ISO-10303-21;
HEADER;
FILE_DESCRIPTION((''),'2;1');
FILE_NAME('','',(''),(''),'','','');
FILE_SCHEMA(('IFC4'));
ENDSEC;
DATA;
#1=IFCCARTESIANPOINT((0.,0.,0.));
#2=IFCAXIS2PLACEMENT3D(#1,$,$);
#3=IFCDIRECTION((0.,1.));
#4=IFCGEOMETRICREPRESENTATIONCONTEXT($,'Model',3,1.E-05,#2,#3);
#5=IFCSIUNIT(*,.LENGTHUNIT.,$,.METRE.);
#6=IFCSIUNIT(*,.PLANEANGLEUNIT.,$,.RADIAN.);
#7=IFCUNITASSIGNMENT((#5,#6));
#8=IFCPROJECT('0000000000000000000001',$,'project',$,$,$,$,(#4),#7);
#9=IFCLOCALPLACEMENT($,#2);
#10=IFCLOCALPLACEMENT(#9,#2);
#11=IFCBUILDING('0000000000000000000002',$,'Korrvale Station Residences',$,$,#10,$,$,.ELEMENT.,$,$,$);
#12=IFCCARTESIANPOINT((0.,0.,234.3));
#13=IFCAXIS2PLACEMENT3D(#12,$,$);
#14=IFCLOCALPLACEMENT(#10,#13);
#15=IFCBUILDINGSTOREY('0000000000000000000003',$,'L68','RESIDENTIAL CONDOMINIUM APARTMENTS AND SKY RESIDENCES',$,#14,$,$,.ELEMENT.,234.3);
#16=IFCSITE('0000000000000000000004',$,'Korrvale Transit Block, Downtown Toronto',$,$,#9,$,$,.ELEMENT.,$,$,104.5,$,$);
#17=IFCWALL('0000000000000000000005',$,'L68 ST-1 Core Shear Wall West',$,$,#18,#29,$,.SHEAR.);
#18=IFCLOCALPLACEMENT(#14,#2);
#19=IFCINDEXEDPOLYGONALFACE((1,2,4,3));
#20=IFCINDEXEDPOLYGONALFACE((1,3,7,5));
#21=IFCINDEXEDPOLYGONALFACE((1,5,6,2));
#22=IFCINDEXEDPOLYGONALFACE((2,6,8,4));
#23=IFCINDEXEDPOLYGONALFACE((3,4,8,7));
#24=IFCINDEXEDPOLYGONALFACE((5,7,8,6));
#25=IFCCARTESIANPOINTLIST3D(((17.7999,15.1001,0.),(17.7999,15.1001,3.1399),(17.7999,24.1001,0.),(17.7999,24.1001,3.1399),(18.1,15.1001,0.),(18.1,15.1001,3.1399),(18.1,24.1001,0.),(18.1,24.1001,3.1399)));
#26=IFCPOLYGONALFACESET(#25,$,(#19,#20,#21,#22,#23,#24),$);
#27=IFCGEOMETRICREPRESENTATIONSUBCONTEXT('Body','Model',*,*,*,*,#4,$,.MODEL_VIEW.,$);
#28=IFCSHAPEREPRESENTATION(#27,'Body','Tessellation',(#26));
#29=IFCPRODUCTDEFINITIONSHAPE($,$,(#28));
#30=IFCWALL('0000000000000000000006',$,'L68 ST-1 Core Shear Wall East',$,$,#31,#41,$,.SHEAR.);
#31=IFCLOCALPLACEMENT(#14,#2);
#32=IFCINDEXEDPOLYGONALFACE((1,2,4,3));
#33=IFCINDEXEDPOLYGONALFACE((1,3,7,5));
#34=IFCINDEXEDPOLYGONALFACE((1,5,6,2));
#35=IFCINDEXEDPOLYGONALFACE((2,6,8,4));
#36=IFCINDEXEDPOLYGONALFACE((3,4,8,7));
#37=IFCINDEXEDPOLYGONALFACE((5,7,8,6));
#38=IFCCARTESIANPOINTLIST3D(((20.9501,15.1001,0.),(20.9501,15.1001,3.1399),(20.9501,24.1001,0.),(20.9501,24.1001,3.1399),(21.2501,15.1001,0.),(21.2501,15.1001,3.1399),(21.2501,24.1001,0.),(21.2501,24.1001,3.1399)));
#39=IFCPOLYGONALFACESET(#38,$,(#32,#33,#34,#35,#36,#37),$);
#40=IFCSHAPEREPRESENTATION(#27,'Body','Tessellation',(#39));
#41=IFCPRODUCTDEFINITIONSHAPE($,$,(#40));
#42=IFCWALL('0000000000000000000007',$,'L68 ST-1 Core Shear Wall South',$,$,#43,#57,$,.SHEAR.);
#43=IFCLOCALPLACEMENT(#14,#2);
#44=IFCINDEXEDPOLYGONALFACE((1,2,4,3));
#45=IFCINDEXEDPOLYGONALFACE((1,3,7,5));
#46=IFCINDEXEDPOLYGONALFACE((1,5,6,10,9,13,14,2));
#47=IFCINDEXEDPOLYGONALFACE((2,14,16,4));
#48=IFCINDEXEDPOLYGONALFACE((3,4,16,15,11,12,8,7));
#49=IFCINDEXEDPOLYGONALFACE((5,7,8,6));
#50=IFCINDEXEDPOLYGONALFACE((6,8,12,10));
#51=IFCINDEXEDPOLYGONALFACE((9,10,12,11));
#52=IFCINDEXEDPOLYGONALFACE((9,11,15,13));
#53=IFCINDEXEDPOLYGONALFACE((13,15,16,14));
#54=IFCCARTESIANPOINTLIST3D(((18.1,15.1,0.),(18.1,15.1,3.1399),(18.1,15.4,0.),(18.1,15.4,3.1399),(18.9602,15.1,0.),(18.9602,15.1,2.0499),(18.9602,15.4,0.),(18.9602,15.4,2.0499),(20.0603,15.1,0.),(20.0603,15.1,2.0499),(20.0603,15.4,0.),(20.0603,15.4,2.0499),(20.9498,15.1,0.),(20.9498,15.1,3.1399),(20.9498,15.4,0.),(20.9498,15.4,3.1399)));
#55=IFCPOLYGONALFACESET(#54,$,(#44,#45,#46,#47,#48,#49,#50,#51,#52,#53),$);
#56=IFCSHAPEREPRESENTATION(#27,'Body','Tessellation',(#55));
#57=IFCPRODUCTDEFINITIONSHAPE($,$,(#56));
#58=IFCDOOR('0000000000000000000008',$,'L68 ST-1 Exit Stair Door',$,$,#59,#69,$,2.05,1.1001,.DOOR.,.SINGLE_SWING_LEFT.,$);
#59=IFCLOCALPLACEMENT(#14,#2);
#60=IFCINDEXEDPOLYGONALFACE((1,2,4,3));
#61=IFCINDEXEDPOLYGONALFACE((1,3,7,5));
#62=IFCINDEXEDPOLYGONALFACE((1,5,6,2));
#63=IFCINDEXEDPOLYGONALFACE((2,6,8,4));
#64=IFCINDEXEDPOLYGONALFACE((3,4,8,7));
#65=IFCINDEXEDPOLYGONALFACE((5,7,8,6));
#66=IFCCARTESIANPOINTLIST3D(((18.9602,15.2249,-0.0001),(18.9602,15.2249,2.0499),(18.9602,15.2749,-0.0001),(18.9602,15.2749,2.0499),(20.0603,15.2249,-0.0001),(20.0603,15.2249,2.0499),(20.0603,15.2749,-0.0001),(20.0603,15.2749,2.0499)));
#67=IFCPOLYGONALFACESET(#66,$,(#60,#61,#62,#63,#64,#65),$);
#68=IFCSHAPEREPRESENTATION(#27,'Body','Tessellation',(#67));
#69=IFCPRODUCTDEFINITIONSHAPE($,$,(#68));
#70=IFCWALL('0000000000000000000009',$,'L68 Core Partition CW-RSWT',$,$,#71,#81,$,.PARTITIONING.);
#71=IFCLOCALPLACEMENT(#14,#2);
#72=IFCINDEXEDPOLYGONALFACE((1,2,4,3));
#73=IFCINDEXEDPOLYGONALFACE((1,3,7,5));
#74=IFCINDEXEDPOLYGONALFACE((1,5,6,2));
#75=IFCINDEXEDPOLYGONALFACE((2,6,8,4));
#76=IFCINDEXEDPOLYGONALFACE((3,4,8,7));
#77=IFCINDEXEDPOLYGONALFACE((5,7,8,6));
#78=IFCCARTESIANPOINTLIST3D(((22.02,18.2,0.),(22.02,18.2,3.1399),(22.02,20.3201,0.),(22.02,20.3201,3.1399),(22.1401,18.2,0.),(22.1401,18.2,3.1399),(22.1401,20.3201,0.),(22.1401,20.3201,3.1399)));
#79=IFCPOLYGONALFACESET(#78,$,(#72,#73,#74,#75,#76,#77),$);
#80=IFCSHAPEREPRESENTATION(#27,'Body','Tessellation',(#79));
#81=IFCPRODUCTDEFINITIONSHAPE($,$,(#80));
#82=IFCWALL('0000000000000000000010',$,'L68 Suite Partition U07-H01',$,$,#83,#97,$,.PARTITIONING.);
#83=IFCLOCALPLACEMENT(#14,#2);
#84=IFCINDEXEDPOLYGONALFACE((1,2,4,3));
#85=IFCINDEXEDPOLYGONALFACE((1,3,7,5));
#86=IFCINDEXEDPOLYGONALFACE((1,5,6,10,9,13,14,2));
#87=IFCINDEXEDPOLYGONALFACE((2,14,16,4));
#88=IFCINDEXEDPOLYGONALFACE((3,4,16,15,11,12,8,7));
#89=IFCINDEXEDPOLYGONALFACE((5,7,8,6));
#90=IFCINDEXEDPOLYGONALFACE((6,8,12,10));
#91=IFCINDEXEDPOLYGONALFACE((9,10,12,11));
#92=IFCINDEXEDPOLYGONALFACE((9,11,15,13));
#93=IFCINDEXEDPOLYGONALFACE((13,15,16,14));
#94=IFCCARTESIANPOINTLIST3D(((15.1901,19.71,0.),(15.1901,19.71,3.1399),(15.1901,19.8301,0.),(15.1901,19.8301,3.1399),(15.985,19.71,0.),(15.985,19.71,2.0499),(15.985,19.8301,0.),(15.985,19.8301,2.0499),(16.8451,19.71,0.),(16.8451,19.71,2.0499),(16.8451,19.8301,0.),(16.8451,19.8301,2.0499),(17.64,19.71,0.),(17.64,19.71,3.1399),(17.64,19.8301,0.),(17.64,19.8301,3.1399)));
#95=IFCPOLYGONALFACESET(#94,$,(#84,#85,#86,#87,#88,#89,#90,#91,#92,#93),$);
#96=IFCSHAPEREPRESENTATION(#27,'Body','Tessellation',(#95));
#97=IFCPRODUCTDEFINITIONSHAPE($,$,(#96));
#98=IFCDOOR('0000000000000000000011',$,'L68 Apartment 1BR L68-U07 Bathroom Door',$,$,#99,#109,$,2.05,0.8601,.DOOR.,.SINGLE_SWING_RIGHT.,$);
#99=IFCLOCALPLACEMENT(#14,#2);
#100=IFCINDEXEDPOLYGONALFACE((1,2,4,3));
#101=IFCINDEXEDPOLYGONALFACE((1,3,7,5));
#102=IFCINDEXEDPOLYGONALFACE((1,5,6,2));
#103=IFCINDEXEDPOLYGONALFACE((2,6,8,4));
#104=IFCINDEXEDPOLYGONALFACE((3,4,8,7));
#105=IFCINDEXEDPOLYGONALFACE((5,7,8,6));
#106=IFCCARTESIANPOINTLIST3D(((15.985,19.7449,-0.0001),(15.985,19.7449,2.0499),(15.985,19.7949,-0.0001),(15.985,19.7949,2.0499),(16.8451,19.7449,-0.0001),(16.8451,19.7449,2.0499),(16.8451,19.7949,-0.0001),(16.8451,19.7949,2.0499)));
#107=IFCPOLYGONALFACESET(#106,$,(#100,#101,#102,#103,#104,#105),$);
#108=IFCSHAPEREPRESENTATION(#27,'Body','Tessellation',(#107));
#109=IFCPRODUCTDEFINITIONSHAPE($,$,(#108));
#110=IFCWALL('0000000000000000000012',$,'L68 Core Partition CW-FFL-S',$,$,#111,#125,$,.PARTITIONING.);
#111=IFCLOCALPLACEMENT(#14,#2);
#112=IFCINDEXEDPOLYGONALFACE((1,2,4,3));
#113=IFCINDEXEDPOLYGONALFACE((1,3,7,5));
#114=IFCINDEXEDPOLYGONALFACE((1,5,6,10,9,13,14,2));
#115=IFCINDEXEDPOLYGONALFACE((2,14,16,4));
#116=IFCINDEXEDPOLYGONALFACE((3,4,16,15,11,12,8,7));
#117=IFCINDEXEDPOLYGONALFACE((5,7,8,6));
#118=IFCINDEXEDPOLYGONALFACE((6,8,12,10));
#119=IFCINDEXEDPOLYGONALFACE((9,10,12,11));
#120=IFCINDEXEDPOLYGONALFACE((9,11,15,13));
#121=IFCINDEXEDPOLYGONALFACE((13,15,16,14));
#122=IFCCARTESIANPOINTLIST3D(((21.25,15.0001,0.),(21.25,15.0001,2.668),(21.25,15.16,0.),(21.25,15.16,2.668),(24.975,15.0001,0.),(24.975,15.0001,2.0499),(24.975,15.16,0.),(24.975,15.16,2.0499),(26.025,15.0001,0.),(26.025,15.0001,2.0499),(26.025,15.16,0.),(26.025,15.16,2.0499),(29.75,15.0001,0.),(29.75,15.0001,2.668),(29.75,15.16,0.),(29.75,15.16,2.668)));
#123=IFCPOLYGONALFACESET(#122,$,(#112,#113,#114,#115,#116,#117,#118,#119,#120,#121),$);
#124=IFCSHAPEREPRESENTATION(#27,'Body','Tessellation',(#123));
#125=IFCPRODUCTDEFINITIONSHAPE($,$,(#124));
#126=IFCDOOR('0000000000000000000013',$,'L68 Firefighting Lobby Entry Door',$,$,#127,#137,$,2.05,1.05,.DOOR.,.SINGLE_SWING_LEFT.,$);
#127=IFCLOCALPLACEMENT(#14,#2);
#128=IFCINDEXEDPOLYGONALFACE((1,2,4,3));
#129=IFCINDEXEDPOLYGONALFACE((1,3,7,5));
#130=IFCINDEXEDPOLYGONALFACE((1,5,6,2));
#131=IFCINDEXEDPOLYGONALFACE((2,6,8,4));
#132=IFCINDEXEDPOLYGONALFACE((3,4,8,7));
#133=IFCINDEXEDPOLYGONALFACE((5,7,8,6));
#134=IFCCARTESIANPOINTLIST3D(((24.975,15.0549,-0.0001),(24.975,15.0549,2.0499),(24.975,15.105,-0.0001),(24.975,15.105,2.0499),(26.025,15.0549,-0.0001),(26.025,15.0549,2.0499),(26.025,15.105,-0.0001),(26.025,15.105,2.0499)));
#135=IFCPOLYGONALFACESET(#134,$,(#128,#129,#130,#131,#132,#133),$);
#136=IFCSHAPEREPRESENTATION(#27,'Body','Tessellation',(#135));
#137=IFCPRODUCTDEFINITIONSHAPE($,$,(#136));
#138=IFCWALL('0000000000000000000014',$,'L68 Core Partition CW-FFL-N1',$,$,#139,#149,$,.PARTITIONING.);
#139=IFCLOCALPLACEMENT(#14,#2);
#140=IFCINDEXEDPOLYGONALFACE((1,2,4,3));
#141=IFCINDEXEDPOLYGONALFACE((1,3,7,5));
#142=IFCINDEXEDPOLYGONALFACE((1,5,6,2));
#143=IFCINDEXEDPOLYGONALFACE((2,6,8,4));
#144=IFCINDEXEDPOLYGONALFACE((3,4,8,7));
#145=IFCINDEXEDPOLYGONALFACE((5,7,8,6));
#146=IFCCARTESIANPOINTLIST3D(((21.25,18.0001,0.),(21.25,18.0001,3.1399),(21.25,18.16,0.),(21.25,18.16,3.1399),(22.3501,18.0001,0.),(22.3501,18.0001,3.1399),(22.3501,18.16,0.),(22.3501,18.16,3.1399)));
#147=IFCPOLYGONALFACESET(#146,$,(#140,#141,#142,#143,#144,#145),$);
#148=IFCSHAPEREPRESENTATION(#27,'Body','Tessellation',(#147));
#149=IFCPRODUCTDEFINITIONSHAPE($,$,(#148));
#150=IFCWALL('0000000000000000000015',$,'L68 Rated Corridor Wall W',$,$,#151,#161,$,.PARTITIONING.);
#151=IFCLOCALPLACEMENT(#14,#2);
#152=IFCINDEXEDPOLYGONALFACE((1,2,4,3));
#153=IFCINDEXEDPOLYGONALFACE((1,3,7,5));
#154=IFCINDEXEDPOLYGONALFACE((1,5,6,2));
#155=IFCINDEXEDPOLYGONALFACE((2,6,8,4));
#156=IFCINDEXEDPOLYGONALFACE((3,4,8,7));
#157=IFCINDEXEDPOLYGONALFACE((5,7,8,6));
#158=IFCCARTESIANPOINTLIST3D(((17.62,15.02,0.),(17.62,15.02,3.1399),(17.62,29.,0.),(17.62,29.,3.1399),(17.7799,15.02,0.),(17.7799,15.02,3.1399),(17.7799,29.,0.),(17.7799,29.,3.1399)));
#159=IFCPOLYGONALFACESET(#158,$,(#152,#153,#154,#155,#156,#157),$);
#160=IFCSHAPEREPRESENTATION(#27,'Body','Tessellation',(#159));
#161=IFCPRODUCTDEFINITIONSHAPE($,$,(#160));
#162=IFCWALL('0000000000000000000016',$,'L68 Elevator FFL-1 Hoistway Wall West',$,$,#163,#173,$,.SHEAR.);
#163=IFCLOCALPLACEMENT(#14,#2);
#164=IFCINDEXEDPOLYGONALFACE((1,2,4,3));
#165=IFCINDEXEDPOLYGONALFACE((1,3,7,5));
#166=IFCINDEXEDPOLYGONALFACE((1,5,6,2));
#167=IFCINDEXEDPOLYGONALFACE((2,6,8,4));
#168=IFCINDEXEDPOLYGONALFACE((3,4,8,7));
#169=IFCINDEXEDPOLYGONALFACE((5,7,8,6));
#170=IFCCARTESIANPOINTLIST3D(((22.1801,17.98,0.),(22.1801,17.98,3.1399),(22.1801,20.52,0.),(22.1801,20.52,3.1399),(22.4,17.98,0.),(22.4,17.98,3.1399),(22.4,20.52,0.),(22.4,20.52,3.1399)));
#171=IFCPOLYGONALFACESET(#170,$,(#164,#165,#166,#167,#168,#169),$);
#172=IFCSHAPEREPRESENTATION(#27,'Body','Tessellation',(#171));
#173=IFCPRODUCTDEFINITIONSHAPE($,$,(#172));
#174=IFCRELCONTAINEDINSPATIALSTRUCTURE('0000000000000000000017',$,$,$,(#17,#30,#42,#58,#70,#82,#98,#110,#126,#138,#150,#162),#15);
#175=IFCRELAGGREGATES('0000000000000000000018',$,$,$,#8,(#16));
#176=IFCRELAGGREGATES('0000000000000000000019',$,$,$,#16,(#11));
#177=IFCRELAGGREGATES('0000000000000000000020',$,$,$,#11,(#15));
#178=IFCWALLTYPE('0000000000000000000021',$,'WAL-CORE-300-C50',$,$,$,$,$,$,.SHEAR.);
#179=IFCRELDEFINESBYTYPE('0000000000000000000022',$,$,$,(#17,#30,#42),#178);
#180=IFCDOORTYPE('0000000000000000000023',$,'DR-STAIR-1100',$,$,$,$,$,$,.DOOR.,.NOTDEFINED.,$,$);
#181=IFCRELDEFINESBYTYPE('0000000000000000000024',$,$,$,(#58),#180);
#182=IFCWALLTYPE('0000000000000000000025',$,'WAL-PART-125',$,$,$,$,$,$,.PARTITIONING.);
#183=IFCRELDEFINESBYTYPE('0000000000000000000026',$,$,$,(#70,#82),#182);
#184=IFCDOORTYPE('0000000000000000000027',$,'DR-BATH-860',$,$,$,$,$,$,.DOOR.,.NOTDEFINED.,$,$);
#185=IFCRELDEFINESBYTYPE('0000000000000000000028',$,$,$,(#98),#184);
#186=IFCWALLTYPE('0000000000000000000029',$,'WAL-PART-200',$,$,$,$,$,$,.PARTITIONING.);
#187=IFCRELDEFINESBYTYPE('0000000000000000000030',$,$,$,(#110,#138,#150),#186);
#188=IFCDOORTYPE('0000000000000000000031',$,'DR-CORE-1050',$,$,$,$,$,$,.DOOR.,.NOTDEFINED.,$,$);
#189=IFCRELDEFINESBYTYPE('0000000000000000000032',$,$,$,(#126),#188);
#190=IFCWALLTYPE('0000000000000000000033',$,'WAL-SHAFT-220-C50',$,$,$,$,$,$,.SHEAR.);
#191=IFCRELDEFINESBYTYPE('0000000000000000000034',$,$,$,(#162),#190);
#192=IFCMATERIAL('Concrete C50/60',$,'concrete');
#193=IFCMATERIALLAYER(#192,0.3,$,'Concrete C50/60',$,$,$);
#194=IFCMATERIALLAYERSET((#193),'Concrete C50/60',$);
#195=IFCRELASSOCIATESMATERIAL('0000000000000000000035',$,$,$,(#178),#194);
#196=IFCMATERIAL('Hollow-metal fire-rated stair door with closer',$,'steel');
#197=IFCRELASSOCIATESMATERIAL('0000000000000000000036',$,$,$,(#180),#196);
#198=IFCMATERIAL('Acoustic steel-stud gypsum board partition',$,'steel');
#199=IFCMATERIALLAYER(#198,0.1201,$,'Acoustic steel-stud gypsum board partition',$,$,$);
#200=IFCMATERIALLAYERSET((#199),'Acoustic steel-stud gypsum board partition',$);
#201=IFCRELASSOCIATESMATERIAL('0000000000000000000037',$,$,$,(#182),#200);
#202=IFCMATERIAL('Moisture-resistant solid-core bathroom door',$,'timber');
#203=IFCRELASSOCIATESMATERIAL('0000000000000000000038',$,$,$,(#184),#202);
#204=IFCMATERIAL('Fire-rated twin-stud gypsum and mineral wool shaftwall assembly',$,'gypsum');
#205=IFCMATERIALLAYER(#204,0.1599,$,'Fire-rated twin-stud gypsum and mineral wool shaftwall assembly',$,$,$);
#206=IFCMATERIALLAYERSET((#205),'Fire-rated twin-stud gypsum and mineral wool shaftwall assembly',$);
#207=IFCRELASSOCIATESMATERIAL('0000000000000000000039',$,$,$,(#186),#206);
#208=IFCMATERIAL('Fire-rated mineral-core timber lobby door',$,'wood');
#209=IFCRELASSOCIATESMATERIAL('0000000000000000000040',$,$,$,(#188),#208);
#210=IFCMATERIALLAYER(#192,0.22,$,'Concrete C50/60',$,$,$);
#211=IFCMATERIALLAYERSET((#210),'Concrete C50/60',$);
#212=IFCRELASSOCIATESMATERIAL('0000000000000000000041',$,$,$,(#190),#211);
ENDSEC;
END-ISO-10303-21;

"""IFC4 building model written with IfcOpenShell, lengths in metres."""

from ifc_helpers import new_model, si_unit, direction, frame, frame_2d, origin, place, context, subcontext, project, spatial, rectangle, extrude, material, layer, layer_set, type_object, element, fill, save


model = new_model("IFC4")

# Units and contexts
model_context = context("Model", 3, precision=1e-05, world=origin(), true_north=direction((0.0, 1.0)))
body_context = subcontext(model_context, "Body", "Model", "MODEL_VIEW")
ifc_project = project(units=[si_unit("LENGTHUNIT", "METRE"), si_unit("PLANEANGLEUNIT", "RADIAN")], contexts=[model_context])

# Site, building, storey
site_placement = place(None, origin())
site = spatial("IfcSite", under=ifc_project, at=site_placement, Name="Korrvale Transit Block, Downtown Toronto", CompositionType="ELEMENT", RefElevation=104.5)
building_placement = place(site_placement, origin())
building = spatial("IfcBuilding", under=site, at=building_placement, Name="Korrvale Station Residences", CompositionType="ELEMENT")
storey_placement = place(building_placement, frame((0.0, 0.0, 234.3)))
storey = spatial("IfcBuildingStorey", under=building, at=storey_placement, Name="L68", Description="RESIDENTIAL CONDOMINIUM APARTMENTS AND SKY RESIDENCES", CompositionType="ELEMENT", Elevation=234.3)

# Walls
ifc_material_1 = material(Name="Concrete C50/60", Category="concrete")
ifc_layer_1 = layer(ifc_material_1, 0.3, Name="Concrete C50/60")
ifc_layer_set_1 = layer_set([ifc_layer_1], Name="Concrete C50/60")
wall_type_1 = type_object("IfcWallType", Name="WAL-CORE-300-C50", PredefinedType="SHEAR", material=ifc_layer_set_1)
for number, where, z_axis, x_axis, name in (
    (1, (17.95, 15.1001, 0.0), (0.0, 0.0, 1.0), (0.0, 1.0, 0.0), "L68 ST-1 Core Shear Wall West"),
    (2, (21.1001, 15.1001, 0.0), (0.0, 0.0, 1.0), (0.0, 1.0, 0.0), "L68 ST-1 Core Shear Wall East"),
):
    element("IfcWall", number, at=place(storey_placement, frame(where, z_axis=z_axis, x_axis=x_axis)), inside=storey, type_object=wall_type_1, Name=name, PredefinedType="SHEAR", context=body_context, shape_type="SweptSolid", body=[
        extrude(rectangle(XDim=9.0, YDim=0.3, at=frame_2d((4.5, 0.0))), origin(), (0.0, 0.0, 1.0), 3.1399),
    ])

# Wall, opening, door
wall_1_placement = place(storey_placement, frame((18.1001, 15.25, 0.0), z_axis=(0.0, 0.0, 1.0), x_axis=(1.0, 0.0, 0.0)))
wall_1 = element("IfcWall", 3, at=wall_1_placement, inside=storey, type_object=wall_type_1, Name="L68 ST-1 Core Shear Wall South", PredefinedType="SHEAR", context=body_context, shape_type="SweptSolid", body=[
    extrude(rectangle(XDim=2.8499, YDim=0.3, at=frame_2d((1.4248, 0.0))), origin(), (0.0, 0.0, 1.0), 3.1399),
])
opening_1_placement = place(wall_1_placement, frame((0.8601, 0.0, 0.0)))
opening_1 = element("IfcOpeningElement", 4, at=opening_1_placement, cuts=wall_1, PredefinedType="OPENING", context=body_context, shape_type="SweptSolid", body=[
    extrude(rectangle(XDim=1.1001, YDim=2.05, at=frame_2d((0.55, 1.0249))), frame((0.0, 0.1602, 0.0), z_axis=(0.0, -1.0, 0.0), x_axis=(1.0, 0.0, 0.0)), (0.0, 0.0, 1.0), 0.3201),
])
ifc_material_2 = material(Name="Hollow-metal fire-rated stair door with closer", Category="steel")
door_type_1 = type_object("IfcDoorType", Name="DR-STAIR-1100", OperationType="NOTDEFINED", PredefinedType="DOOR", material=ifc_material_2)
door_1_placement = place(opening_1_placement, origin())
door_1 = element("IfcDoor", 5, at=door_1_placement, inside=storey, type_object=door_type_1, Name="L68 ST-1 Exit Stair Door", OperationType="SINGLE_SWING_LEFT", OverallHeight=2.05, OverallWidth=1.1001, PredefinedType="DOOR", context=body_context, shape_type="SweptSolid", body=[
    extrude(rectangle(XDim=1.1001, YDim=2.05, at=frame_2d((0.55, 1.0249))), frame((0.0, 0.0249, 0.0), z_axis=(0.0, -1.0, 0.0), x_axis=(1.0, 0.0, 0.0)), (0.0, 0.0, 1.0), 0.05),
])
fill(opening_1, door_1)

# Wall
ifc_material_3 = material(Name="Acoustic steel-stud gypsum board partition", Category="steel")
ifc_layer_2 = layer(ifc_material_3, 0.1201, Name="Acoustic steel-stud gypsum board partition")
ifc_layer_set_2 = layer_set([ifc_layer_2], Name="Acoustic steel-stud gypsum board partition")
wall_type_2 = type_object("IfcWallType", Name="WAL-PART-125", PredefinedType="PARTITIONING", material=ifc_layer_set_2)
wall_2_placement = place(storey_placement, frame((22.0801, 18.2, 0.0), z_axis=(0.0, 0.0, 1.0), x_axis=(0.0, 1.0, 0.0)))
element("IfcWall", 6, at=wall_2_placement, inside=storey, type_object=wall_type_2, Name="L68 Core Partition CW-RSWT", PredefinedType="PARTITIONING", context=body_context, shape_type="SweptSolid", body=[
    extrude(rectangle(XDim=2.1201, YDim=0.1201, at=frame_2d((1.0601, 0.0))), origin(), (0.0, 0.0, 1.0), 3.1399),
])

# Walls, openings, doors
wall_3_placement = place(storey_placement, frame((15.1899, 19.77, 0.0), z_axis=(0.0, 0.0, 1.0), x_axis=(1.0, 0.0, 0.0)))
wall_3 = element("IfcWall", 7, at=wall_3_placement, inside=storey, type_object=wall_type_2, Name="L68 Suite Partition U07-H01", PredefinedType="PARTITIONING", context=body_context, shape_type="SweptSolid", body=[
    extrude(rectangle(XDim=2.45, YDim=0.1201, at=frame_2d((1.2251, 0.0))), origin(), (0.0, 0.0, 1.0), 3.1399),
])
opening_2_placement = place(wall_3_placement, frame((0.7949, 0.0, 0.0)))
opening_2 = element("IfcOpeningElement", 8, at=opening_2_placement, cuts=wall_3, PredefinedType="OPENING", context=body_context, shape_type="SweptSolid", body=[
    extrude(rectangle(XDim=0.8601, YDim=2.05, at=frame_2d((0.4302, 1.0249))), frame((0.0, 0.0701, 0.0), z_axis=(0.0, -1.0, 0.0), x_axis=(1.0, 0.0, 0.0)), (0.0, 0.0, 1.0), 0.1401),
])
ifc_material_4 = material(Name="Moisture-resistant solid-core bathroom door", Category="timber")
door_type_2 = type_object("IfcDoorType", Name="DR-BATH-860", OperationType="NOTDEFINED", PredefinedType="DOOR", material=ifc_material_4)
door_2_placement = place(opening_2_placement, origin())
door_2 = element("IfcDoor", 9, at=door_2_placement, inside=storey, type_object=door_type_2, Name="L68 Apartment 1BR L68-U07 Bathroom Door", OperationType="SINGLE_SWING_RIGHT", OverallHeight=2.05, OverallWidth=0.8601, PredefinedType="DOOR", context=body_context, shape_type="SweptSolid", body=[
    extrude(rectangle(XDim=0.8601, YDim=2.05, at=frame_2d((0.4302, 1.0249))), frame((0.0, 0.0249, 0.0), z_axis=(0.0, -1.0, 0.0), x_axis=(1.0, 0.0, 0.0)), (0.0, 0.0, 1.0), 0.05),
])
fill(opening_2, door_2)
ifc_material_5 = material(Name="Fire-rated twin-stud gypsum and mineral wool shaftwall assembly", Category="gypsum")
ifc_layer_3 = layer(ifc_material_5, 0.1599, Name="Fire-rated twin-stud gypsum and mineral wool shaftwall assembly")
ifc_layer_set_3 = layer_set([ifc_layer_3], Name="Fire-rated twin-stud gypsum and mineral wool shaftwall assembly")
wall_type_3 = type_object("IfcWallType", Name="WAL-PART-200", PredefinedType="PARTITIONING", material=ifc_layer_set_3)
wall_4_placement = place(storey_placement, frame((21.25, 15.0801, 0.0), z_axis=(0.0, 0.0, 1.0), x_axis=(1.0, 0.0, 0.0)))
wall_4 = element("IfcWall", 10, at=wall_4_placement, inside=storey, type_object=wall_type_3, Name="L68 Core Partition CW-FFL-S", PredefinedType="PARTITIONING", context=body_context, shape_type="SweptSolid", body=[
    extrude(rectangle(XDim=8.5, YDim=0.1599, at=frame_2d((4.25, 0.0))), origin(), (0.0, 0.0, 1.0), 2.668),
])
opening_3_placement = place(wall_4_placement, frame((3.7251, 0.0, 0.0)))
opening_3 = element("IfcOpeningElement", 11, at=opening_3_placement, cuts=wall_4, PredefinedType="OPENING", context=body_context, shape_type="SweptSolid", body=[
    extrude(rectangle(XDim=1.05, YDim=2.05, at=frame_2d((0.5249, 1.0249))), frame((0.0, 0.0898, 0.0), z_axis=(0.0, -1.0, 0.0), x_axis=(1.0, 0.0, 0.0)), (0.0, 0.0, 1.0), 0.1799),
])
ifc_material_6 = material(Name="Fire-rated mineral-core timber lobby door", Category="wood")
door_type_3 = type_object("IfcDoorType", Name="DR-CORE-1050", OperationType="NOTDEFINED", PredefinedType="DOOR", material=ifc_material_6)
door_3_placement = place(opening_3_placement, origin())
door_3 = element("IfcDoor", 12, at=door_3_placement, inside=storey, type_object=door_type_3, Name="L68 Firefighting Lobby Entry Door", OperationType="SINGLE_SWING_LEFT", OverallHeight=2.05, OverallWidth=1.05, PredefinedType="DOOR", context=body_context, shape_type="SweptSolid", body=[
    extrude(rectangle(XDim=1.05, YDim=2.05, at=frame_2d((0.5249, 1.0249))), frame((0.0, 0.0249, 0.0), z_axis=(0.0, -1.0, 0.0), x_axis=(1.0, 0.0, 0.0)), (0.0, 0.0, 1.0), 0.05),
])
fill(opening_3, door_3)

# Walls
wall_5_placement = place(storey_placement, frame((21.25, 18.0801, 0.0), z_axis=(0.0, 0.0, 1.0), x_axis=(1.0, 0.0, 0.0)))
element("IfcWall", 13, at=wall_5_placement, inside=storey, type_object=wall_type_3, Name="L68 Core Partition CW-FFL-N1", PredefinedType="PARTITIONING", context=body_context, shape_type="SweptSolid", body=[
    extrude(rectangle(XDim=1.1001, YDim=0.1599, at=frame_2d((0.55, 0.0))), origin(), (0.0, 0.0, 1.0), 3.1399),
])
wall_6_placement = place(storey_placement, frame((17.7, 15.02, 0.0), z_axis=(0.0, 0.0, 1.0), x_axis=(0.0, 1.0, 0.0)))
element("IfcWall", 14, at=wall_6_placement, inside=storey, type_object=wall_type_3, Name="L68 Rated Corridor Wall W", PredefinedType="PARTITIONING", context=body_context, shape_type="SweptSolid", body=[
    extrude(rectangle(XDim=13.98, YDim=0.1599, at=frame_2d((6.99, 0.0))), origin(), (0.0, 0.0, 1.0), 3.1399),
])

# Shared definitions
ifc_layer_4 = layer(ifc_material_1, 0.22, Name="Concrete C50/60")
ifc_layer_set_4 = layer_set([ifc_layer_4], Name="Concrete C50/60")
wall_type_4 = type_object("IfcWallType", Name="WAL-SHAFT-220-C50", PredefinedType="SHEAR", material=ifc_layer_set_4)

# Wall
wall_7_placement = place(storey_placement, frame((22.29, 17.98, 0.0), z_axis=(0.0, 0.0, 1.0), x_axis=(0.0, 1.0, 0.0)))
element("IfcWall", 15, at=wall_7_placement, inside=storey, type_object=wall_type_4, Name="L68 Elevator FFL-1 Hoistway Wall West", PredefinedType="SHEAR", context=body_context, shape_type="SweptSolid", body=[
    extrude(rectangle(XDim=2.54, YDim=0.22, at=frame_2d((1.27, 0.0))), origin(), (0.0, 0.0, 1.0), 3.1399),
])

save(model, "model.ifc")
